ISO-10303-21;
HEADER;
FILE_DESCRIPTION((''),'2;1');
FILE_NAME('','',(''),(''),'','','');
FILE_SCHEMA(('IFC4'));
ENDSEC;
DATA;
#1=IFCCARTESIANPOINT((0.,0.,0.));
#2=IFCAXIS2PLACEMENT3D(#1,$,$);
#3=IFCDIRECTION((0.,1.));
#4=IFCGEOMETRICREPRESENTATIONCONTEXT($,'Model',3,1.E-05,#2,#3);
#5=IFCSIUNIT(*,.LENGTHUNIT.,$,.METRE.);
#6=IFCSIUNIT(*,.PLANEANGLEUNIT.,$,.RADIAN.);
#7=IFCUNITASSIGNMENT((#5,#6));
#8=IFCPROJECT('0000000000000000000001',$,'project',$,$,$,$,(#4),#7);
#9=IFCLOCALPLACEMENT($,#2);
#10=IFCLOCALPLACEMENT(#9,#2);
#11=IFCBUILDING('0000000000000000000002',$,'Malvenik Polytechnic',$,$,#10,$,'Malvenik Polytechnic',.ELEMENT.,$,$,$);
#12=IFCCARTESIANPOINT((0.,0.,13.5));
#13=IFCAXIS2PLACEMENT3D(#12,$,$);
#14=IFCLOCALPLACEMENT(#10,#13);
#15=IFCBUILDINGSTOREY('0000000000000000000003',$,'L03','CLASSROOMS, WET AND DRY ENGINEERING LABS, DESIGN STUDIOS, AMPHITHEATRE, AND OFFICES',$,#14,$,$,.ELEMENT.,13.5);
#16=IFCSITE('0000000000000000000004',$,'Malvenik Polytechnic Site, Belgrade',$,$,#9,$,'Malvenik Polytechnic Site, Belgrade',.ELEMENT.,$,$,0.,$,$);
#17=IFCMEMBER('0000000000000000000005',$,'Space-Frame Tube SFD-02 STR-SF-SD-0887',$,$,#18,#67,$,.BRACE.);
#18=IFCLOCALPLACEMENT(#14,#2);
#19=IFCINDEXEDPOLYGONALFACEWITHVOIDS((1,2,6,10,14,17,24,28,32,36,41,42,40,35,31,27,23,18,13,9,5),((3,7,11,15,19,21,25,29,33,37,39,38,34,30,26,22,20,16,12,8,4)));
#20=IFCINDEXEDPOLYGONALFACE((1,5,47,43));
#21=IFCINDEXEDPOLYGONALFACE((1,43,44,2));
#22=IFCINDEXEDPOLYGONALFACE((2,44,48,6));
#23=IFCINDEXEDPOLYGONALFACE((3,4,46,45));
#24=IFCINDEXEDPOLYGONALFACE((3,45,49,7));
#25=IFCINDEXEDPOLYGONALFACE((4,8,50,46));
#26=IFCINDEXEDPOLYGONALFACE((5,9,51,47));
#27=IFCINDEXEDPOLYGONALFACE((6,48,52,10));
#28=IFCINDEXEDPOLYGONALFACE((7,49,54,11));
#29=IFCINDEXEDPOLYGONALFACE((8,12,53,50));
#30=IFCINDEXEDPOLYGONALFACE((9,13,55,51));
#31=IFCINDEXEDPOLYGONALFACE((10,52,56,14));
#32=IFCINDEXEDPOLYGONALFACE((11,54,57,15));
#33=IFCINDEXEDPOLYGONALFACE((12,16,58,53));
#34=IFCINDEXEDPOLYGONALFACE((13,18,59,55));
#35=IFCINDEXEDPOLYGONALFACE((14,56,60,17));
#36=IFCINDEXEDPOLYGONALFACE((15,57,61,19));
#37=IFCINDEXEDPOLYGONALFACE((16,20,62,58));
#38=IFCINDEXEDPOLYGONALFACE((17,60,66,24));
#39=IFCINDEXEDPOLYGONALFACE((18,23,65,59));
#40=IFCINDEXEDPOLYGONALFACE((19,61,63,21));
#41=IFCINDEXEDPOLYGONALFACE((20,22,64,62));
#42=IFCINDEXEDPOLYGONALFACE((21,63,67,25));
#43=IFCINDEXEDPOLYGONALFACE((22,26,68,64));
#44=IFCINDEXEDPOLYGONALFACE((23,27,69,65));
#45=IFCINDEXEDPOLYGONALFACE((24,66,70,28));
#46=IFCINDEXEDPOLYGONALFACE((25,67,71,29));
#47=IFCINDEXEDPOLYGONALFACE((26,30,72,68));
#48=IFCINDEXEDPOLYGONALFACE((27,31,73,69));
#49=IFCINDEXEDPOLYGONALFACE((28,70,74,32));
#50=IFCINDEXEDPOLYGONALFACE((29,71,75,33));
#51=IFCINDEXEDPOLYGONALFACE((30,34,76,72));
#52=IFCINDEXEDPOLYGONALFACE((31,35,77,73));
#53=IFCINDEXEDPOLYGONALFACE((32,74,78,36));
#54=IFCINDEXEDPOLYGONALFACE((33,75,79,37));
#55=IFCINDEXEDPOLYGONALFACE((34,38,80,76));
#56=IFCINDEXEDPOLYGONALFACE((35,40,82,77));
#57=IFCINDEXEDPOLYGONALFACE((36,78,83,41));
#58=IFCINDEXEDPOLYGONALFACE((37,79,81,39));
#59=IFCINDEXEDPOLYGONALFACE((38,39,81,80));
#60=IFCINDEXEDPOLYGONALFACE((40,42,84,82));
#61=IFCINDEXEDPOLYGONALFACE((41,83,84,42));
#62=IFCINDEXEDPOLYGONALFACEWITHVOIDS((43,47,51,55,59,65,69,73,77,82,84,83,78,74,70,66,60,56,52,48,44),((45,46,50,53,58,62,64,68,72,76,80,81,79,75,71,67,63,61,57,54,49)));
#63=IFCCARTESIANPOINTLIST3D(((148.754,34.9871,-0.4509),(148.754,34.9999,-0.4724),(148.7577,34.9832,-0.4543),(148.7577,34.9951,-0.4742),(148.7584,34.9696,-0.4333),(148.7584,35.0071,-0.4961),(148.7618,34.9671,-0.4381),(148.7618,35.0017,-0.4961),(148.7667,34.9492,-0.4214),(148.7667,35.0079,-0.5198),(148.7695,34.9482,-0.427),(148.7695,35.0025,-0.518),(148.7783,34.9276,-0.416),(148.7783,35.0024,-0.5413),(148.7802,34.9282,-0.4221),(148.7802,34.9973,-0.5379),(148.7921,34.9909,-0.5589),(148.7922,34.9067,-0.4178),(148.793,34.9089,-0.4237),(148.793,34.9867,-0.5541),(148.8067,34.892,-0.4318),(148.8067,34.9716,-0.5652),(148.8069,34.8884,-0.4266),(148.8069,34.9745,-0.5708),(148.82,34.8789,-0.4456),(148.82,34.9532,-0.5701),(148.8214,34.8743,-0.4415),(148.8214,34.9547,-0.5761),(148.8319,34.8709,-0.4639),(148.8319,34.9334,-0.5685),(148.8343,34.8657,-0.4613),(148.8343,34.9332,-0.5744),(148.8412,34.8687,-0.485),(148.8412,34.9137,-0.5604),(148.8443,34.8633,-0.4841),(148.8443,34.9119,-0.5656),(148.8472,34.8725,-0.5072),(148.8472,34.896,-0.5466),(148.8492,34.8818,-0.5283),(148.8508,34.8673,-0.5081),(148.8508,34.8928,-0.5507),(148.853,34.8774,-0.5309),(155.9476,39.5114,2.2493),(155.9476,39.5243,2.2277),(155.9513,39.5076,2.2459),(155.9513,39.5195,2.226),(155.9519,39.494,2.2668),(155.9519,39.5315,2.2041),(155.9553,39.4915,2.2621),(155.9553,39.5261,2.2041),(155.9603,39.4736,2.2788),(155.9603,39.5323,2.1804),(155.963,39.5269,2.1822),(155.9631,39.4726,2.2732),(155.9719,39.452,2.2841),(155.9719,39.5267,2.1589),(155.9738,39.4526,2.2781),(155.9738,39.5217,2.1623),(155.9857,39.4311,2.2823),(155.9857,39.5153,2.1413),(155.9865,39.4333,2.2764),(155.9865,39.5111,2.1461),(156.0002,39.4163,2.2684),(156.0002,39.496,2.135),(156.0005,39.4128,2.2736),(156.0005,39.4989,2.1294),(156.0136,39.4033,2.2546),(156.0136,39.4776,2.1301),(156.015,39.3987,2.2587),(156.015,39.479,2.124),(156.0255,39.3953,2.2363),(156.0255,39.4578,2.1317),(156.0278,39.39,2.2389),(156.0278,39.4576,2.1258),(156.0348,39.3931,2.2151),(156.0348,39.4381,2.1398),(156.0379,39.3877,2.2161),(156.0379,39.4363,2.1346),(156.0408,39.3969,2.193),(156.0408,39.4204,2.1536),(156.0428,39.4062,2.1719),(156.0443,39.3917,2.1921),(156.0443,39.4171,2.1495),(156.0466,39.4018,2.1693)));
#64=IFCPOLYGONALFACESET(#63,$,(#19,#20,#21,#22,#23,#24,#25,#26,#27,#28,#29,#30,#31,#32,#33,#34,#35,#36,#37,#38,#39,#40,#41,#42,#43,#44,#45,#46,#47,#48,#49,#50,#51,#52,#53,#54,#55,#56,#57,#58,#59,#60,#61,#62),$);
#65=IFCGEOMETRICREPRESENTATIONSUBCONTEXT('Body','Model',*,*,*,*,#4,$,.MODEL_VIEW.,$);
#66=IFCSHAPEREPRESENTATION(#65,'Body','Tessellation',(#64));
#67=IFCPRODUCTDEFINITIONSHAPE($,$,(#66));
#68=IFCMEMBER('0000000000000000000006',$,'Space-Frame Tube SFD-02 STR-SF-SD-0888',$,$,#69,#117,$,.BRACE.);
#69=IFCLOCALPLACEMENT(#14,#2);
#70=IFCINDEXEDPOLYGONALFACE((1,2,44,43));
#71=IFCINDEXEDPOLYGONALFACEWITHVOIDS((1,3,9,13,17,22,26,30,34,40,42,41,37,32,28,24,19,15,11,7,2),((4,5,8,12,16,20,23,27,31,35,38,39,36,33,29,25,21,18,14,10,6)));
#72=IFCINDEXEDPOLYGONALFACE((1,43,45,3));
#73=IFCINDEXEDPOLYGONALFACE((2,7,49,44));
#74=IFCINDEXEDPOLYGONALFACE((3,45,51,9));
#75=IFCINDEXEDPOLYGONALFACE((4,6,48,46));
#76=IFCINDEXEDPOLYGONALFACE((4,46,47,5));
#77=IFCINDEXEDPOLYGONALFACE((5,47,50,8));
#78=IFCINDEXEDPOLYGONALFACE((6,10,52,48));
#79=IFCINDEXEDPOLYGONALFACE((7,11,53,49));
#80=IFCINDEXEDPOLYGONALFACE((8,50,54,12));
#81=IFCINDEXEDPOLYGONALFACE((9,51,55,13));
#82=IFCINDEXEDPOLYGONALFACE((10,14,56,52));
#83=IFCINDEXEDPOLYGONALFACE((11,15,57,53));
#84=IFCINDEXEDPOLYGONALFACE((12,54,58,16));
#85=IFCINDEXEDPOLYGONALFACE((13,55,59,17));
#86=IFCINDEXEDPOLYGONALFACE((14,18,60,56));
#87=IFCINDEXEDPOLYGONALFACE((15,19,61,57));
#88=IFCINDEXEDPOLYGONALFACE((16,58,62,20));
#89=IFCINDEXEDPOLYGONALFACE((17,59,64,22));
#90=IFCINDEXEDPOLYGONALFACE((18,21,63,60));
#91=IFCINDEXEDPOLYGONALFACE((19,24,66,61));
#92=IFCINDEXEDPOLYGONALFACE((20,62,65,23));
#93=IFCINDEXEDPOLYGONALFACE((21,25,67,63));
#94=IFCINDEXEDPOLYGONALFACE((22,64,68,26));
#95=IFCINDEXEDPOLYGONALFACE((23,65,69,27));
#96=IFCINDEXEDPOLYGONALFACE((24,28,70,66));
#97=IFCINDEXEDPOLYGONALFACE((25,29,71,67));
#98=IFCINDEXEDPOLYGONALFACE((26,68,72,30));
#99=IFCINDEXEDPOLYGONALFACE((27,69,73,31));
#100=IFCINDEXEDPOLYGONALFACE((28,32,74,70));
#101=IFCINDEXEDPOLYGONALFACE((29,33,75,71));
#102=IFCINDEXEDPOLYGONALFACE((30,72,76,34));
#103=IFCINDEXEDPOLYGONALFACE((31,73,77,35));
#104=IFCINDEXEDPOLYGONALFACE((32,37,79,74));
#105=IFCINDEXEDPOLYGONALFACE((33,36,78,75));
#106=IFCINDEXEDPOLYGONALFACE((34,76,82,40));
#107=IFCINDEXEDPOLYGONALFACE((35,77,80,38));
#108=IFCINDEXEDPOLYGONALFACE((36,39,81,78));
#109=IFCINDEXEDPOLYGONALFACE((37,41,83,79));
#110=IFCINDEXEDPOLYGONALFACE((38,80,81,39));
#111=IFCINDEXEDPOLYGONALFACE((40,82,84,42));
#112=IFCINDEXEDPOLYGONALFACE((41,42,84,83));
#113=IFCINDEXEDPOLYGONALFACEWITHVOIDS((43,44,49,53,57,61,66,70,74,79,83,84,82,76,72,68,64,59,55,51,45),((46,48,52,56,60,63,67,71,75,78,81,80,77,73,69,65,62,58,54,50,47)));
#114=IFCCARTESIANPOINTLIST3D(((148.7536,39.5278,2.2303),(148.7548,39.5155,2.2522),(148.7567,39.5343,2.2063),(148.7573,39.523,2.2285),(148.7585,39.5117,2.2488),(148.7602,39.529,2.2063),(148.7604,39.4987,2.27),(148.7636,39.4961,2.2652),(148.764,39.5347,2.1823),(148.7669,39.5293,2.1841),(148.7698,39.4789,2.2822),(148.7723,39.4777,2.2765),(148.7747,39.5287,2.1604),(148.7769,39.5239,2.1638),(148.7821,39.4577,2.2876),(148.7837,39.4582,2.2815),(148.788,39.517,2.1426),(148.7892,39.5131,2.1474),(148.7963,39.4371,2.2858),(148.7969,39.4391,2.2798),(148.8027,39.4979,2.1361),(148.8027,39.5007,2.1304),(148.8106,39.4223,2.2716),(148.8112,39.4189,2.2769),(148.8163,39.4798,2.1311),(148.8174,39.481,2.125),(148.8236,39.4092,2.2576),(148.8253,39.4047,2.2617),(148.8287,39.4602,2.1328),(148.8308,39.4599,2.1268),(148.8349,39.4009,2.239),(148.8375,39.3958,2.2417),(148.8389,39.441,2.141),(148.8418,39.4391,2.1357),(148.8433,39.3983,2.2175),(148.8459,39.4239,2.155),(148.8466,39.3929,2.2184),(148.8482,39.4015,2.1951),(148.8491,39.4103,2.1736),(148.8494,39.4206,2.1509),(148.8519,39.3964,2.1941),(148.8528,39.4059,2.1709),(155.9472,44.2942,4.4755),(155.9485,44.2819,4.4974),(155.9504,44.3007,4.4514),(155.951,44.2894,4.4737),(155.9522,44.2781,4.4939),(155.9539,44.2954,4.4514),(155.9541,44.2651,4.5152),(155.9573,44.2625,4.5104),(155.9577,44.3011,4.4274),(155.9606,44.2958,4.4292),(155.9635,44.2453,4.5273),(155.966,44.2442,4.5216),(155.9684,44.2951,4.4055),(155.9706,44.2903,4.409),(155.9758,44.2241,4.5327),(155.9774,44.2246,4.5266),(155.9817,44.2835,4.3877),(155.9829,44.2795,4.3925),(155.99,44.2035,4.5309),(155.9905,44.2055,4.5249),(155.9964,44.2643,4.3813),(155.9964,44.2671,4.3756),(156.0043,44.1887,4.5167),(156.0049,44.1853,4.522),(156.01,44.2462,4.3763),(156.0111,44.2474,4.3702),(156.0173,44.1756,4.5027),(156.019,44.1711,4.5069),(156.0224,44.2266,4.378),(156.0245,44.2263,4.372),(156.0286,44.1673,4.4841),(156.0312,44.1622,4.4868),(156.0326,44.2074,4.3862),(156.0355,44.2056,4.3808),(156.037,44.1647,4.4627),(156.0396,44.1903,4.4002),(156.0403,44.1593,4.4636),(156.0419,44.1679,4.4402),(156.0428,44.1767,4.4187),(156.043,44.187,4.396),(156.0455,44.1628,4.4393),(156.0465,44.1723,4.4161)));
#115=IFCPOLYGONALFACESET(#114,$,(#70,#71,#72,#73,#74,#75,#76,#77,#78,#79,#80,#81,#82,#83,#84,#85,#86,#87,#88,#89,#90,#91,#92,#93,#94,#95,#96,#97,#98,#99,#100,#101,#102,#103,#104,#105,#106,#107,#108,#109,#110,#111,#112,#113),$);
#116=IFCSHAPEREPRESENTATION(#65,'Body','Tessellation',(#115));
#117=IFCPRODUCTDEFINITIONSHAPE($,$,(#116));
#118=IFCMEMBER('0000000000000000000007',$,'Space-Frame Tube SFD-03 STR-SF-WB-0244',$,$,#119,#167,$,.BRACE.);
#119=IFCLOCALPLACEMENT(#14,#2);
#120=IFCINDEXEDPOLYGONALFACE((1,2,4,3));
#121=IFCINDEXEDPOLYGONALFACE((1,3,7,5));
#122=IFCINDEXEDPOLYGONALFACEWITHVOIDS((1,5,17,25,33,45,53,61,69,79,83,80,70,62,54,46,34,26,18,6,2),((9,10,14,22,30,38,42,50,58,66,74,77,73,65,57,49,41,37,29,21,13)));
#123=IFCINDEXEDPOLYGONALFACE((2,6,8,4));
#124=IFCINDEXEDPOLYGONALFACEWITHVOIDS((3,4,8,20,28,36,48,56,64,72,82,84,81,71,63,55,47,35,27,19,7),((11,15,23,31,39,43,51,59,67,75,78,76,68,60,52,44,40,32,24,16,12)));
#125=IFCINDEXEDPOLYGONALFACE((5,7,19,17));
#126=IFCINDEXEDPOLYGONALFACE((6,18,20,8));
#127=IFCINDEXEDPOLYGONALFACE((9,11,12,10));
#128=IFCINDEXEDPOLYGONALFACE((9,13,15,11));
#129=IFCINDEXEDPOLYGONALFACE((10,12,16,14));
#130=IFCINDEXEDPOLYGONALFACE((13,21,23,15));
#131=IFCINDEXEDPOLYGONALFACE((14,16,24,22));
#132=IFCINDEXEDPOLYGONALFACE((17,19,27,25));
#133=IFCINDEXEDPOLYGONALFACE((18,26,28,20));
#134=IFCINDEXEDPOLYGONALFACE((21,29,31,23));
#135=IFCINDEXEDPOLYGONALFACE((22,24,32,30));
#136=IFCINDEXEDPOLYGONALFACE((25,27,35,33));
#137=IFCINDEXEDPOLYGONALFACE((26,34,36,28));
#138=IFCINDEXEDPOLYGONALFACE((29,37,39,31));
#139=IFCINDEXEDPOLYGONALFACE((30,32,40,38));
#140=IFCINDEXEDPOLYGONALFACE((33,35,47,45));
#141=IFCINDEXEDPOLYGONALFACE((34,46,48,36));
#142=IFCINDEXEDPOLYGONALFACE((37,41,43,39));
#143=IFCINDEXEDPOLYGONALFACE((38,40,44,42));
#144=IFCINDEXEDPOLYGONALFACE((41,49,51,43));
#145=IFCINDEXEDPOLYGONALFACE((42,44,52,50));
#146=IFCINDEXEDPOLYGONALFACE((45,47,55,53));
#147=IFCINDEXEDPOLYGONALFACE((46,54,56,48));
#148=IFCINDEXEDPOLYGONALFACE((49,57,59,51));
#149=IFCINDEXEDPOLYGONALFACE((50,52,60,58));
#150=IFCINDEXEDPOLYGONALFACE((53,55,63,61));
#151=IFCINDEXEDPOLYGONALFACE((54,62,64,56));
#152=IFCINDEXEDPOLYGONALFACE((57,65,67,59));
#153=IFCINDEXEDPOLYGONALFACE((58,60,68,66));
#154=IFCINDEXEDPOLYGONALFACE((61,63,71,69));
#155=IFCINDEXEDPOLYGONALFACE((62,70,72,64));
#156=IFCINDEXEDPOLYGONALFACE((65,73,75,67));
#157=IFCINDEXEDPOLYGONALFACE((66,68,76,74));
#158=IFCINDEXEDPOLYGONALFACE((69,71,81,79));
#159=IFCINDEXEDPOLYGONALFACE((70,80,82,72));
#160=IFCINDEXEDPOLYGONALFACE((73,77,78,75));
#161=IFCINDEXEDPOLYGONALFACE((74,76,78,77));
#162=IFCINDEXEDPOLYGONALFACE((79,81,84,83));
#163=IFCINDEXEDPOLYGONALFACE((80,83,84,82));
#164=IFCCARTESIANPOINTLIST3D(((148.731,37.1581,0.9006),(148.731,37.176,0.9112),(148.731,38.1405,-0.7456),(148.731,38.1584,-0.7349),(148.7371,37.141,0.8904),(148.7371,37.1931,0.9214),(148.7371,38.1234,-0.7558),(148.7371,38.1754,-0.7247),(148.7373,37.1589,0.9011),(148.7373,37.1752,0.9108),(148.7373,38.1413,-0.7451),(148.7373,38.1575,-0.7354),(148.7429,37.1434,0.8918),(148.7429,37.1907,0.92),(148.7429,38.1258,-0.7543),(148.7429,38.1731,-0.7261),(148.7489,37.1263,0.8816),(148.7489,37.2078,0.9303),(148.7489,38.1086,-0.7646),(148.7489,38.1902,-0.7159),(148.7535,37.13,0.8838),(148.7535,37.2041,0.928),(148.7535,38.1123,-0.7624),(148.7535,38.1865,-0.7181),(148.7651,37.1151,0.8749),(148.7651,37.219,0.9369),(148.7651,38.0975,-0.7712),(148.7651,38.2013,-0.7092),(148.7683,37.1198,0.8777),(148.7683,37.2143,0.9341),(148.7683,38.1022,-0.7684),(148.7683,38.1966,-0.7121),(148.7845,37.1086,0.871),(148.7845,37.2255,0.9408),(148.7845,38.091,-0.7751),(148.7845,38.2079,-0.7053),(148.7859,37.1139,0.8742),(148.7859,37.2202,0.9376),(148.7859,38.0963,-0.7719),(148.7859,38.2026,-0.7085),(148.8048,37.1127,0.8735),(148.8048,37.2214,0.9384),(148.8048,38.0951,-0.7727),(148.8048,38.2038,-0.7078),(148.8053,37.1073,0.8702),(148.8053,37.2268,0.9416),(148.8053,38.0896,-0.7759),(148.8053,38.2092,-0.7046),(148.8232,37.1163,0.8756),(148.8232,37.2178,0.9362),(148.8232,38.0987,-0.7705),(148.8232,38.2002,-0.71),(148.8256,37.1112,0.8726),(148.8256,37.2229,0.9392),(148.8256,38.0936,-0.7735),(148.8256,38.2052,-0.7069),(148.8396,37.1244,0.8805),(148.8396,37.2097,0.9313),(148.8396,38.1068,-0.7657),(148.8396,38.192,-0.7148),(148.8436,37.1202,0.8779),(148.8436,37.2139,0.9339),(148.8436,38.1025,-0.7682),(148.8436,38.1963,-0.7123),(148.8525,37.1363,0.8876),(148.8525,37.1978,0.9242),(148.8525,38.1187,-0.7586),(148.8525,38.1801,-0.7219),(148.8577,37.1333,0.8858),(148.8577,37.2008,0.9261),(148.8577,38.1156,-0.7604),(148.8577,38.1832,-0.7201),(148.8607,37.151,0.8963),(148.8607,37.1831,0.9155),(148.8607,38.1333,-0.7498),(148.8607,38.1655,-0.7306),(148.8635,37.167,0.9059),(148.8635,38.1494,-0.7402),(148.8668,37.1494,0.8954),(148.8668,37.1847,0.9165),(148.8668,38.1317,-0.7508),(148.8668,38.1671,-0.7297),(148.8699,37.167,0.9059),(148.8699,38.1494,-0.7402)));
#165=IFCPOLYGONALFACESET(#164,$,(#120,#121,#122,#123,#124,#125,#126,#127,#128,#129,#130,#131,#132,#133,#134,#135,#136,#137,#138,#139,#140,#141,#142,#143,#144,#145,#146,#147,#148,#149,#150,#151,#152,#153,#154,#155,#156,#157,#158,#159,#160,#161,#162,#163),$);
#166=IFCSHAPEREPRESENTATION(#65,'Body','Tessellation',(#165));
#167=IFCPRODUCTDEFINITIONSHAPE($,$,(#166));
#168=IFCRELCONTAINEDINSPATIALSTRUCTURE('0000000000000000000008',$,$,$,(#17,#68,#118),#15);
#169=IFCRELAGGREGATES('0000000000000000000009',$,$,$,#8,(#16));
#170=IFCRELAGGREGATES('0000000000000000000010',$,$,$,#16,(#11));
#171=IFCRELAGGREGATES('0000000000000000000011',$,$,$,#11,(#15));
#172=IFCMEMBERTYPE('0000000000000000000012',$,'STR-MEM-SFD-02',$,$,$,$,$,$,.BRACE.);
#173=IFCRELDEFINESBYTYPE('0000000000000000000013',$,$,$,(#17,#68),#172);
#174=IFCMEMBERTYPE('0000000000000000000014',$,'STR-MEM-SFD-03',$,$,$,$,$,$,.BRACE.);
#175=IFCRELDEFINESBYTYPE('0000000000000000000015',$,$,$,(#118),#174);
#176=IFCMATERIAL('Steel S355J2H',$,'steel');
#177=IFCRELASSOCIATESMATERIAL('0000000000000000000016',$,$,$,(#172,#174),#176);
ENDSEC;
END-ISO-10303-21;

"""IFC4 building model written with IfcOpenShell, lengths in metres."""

from ifc_helpers import new_model, si_unit, direction, frame, origin, origin_2d, place, context, subcontext, project, spatial, hollow_circle, extrude, material, material_profile, profile_set, type_object, element, save


model = new_model("IFC4")

# Units and contexts
model_context = context("Model", 3, precision=1e-05, world=origin(), true_north=direction((0.0, 1.0)))
body_context = subcontext(model_context, "Body", "Model", "MODEL_VIEW")
ifc_project = project(units=[si_unit("LENGTHUNIT", "METRE"), si_unit("PLANEANGLEUNIT", "RADIAN")], contexts=[model_context])

# Site, building, storey
site_placement = place(None, origin())
site = spatial("IfcSite", under=ifc_project, at=site_placement, Name="Malvenik Polytechnic Site, Belgrade", LongName="Malvenik Polytechnic Site, Belgrade", CompositionType="ELEMENT", RefElevation=0.0)
building_placement = place(site_placement, origin())
building = spatial("IfcBuilding", under=site, at=building_placement, Name="Malvenik Polytechnic", LongName="Malvenik Polytechnic", CompositionType="ELEMENT")
storey_placement = place(building_placement, frame((0.0, 0.0, 13.5)))
storey = spatial("IfcBuildingStorey", under=building, at=storey_placement, Name="L03", Description="CLASSROOMS, WET AND DRY ENGINEERING LABS, DESIGN STUDIOS, AMPHITHEATRE, AND OFFICES", CompositionType="ELEMENT", Elevation=13.5)

# Members
ifc_material_1 = material(Name="Steel S355J2H", Category="steel")
ifc_material_profile_1 = material_profile(ifc_material_1, hollow_circle(Radius=0.0842, WallThickness=0.0063, at=origin_2d()), Name="CHS 168.3x6.3")
ifc_profile_set_1 = profile_set([ifc_material_profile_1], Name="Steel S355J2H")
member_type_1 = type_object("IfcMemberType", Name="STR-MEM-SFD-02", PredefinedType="BRACE", material=ifc_profile_set_1)
for number, where, z_axis, x_axis, name in (
    (1, (148.8032, 34.9358, -0.4961), (0.806747, 0.507403, 0.302821), (-0.532401, 0.846492, 0.0), "Space-Frame Tube SFD-02 STR-SF-SD-0887"),
    (2, (148.8032, 39.4641, 2.2063), (0.806761, 0.534546, 0.251789), (-0.552341, 0.833618, 0.0), "Space-Frame Tube SFD-02 STR-SF-SD-0888"),
):
    element("IfcMember", number, at=place(storey_placement, frame(where, z_axis=z_axis, x_axis=x_axis)), inside=storey, type_object=member_type_1, Name=name, PredefinedType="BRACE", context=body_context, shape_type="SweptSolid", body=[
        extrude(hollow_circle(Radius=0.0842, WallThickness=0.0063, at=origin_2d()), origin(), (0.0, 0.0, 1.0), 8.9167),
    ])
ifc_material_profile_2 = material_profile(ifc_material_1, hollow_circle(Radius=0.0698, WallThickness=0.0063, at=origin_2d()), Name="CHS 139.7x6.3")
ifc_profile_set_2 = profile_set([ifc_material_profile_2], Name="Steel S355J2H")
member_type_2 = type_object("IfcMemberType", Name="STR-MEM-SFD-03", PredefinedType="BRACE", material=ifc_profile_set_2)
for number, where, z_axis, x_axis, name in (
    (3, (148.8, 38.1494, -0.7402), (0.0, -0.512453, 0.858715), (1.0, 0.0, 0.0), "Space-Frame Tube SFD-03 STR-SF-WB-0244"),
):
    element("IfcMember", number, at=place(storey_placement, frame(where, z_axis=z_axis, x_axis=x_axis)), inside=storey, type_object=member_type_2, Name=name, PredefinedType="BRACE", context=body_context, shape_type="SweptSolid", body=[
        extrude(hollow_circle(Radius=0.0698, WallThickness=0.0063, at=origin_2d()), origin(), (0.0, 0.0, 1.0), 1.917),
    ])

save(model, "model.ifc")
